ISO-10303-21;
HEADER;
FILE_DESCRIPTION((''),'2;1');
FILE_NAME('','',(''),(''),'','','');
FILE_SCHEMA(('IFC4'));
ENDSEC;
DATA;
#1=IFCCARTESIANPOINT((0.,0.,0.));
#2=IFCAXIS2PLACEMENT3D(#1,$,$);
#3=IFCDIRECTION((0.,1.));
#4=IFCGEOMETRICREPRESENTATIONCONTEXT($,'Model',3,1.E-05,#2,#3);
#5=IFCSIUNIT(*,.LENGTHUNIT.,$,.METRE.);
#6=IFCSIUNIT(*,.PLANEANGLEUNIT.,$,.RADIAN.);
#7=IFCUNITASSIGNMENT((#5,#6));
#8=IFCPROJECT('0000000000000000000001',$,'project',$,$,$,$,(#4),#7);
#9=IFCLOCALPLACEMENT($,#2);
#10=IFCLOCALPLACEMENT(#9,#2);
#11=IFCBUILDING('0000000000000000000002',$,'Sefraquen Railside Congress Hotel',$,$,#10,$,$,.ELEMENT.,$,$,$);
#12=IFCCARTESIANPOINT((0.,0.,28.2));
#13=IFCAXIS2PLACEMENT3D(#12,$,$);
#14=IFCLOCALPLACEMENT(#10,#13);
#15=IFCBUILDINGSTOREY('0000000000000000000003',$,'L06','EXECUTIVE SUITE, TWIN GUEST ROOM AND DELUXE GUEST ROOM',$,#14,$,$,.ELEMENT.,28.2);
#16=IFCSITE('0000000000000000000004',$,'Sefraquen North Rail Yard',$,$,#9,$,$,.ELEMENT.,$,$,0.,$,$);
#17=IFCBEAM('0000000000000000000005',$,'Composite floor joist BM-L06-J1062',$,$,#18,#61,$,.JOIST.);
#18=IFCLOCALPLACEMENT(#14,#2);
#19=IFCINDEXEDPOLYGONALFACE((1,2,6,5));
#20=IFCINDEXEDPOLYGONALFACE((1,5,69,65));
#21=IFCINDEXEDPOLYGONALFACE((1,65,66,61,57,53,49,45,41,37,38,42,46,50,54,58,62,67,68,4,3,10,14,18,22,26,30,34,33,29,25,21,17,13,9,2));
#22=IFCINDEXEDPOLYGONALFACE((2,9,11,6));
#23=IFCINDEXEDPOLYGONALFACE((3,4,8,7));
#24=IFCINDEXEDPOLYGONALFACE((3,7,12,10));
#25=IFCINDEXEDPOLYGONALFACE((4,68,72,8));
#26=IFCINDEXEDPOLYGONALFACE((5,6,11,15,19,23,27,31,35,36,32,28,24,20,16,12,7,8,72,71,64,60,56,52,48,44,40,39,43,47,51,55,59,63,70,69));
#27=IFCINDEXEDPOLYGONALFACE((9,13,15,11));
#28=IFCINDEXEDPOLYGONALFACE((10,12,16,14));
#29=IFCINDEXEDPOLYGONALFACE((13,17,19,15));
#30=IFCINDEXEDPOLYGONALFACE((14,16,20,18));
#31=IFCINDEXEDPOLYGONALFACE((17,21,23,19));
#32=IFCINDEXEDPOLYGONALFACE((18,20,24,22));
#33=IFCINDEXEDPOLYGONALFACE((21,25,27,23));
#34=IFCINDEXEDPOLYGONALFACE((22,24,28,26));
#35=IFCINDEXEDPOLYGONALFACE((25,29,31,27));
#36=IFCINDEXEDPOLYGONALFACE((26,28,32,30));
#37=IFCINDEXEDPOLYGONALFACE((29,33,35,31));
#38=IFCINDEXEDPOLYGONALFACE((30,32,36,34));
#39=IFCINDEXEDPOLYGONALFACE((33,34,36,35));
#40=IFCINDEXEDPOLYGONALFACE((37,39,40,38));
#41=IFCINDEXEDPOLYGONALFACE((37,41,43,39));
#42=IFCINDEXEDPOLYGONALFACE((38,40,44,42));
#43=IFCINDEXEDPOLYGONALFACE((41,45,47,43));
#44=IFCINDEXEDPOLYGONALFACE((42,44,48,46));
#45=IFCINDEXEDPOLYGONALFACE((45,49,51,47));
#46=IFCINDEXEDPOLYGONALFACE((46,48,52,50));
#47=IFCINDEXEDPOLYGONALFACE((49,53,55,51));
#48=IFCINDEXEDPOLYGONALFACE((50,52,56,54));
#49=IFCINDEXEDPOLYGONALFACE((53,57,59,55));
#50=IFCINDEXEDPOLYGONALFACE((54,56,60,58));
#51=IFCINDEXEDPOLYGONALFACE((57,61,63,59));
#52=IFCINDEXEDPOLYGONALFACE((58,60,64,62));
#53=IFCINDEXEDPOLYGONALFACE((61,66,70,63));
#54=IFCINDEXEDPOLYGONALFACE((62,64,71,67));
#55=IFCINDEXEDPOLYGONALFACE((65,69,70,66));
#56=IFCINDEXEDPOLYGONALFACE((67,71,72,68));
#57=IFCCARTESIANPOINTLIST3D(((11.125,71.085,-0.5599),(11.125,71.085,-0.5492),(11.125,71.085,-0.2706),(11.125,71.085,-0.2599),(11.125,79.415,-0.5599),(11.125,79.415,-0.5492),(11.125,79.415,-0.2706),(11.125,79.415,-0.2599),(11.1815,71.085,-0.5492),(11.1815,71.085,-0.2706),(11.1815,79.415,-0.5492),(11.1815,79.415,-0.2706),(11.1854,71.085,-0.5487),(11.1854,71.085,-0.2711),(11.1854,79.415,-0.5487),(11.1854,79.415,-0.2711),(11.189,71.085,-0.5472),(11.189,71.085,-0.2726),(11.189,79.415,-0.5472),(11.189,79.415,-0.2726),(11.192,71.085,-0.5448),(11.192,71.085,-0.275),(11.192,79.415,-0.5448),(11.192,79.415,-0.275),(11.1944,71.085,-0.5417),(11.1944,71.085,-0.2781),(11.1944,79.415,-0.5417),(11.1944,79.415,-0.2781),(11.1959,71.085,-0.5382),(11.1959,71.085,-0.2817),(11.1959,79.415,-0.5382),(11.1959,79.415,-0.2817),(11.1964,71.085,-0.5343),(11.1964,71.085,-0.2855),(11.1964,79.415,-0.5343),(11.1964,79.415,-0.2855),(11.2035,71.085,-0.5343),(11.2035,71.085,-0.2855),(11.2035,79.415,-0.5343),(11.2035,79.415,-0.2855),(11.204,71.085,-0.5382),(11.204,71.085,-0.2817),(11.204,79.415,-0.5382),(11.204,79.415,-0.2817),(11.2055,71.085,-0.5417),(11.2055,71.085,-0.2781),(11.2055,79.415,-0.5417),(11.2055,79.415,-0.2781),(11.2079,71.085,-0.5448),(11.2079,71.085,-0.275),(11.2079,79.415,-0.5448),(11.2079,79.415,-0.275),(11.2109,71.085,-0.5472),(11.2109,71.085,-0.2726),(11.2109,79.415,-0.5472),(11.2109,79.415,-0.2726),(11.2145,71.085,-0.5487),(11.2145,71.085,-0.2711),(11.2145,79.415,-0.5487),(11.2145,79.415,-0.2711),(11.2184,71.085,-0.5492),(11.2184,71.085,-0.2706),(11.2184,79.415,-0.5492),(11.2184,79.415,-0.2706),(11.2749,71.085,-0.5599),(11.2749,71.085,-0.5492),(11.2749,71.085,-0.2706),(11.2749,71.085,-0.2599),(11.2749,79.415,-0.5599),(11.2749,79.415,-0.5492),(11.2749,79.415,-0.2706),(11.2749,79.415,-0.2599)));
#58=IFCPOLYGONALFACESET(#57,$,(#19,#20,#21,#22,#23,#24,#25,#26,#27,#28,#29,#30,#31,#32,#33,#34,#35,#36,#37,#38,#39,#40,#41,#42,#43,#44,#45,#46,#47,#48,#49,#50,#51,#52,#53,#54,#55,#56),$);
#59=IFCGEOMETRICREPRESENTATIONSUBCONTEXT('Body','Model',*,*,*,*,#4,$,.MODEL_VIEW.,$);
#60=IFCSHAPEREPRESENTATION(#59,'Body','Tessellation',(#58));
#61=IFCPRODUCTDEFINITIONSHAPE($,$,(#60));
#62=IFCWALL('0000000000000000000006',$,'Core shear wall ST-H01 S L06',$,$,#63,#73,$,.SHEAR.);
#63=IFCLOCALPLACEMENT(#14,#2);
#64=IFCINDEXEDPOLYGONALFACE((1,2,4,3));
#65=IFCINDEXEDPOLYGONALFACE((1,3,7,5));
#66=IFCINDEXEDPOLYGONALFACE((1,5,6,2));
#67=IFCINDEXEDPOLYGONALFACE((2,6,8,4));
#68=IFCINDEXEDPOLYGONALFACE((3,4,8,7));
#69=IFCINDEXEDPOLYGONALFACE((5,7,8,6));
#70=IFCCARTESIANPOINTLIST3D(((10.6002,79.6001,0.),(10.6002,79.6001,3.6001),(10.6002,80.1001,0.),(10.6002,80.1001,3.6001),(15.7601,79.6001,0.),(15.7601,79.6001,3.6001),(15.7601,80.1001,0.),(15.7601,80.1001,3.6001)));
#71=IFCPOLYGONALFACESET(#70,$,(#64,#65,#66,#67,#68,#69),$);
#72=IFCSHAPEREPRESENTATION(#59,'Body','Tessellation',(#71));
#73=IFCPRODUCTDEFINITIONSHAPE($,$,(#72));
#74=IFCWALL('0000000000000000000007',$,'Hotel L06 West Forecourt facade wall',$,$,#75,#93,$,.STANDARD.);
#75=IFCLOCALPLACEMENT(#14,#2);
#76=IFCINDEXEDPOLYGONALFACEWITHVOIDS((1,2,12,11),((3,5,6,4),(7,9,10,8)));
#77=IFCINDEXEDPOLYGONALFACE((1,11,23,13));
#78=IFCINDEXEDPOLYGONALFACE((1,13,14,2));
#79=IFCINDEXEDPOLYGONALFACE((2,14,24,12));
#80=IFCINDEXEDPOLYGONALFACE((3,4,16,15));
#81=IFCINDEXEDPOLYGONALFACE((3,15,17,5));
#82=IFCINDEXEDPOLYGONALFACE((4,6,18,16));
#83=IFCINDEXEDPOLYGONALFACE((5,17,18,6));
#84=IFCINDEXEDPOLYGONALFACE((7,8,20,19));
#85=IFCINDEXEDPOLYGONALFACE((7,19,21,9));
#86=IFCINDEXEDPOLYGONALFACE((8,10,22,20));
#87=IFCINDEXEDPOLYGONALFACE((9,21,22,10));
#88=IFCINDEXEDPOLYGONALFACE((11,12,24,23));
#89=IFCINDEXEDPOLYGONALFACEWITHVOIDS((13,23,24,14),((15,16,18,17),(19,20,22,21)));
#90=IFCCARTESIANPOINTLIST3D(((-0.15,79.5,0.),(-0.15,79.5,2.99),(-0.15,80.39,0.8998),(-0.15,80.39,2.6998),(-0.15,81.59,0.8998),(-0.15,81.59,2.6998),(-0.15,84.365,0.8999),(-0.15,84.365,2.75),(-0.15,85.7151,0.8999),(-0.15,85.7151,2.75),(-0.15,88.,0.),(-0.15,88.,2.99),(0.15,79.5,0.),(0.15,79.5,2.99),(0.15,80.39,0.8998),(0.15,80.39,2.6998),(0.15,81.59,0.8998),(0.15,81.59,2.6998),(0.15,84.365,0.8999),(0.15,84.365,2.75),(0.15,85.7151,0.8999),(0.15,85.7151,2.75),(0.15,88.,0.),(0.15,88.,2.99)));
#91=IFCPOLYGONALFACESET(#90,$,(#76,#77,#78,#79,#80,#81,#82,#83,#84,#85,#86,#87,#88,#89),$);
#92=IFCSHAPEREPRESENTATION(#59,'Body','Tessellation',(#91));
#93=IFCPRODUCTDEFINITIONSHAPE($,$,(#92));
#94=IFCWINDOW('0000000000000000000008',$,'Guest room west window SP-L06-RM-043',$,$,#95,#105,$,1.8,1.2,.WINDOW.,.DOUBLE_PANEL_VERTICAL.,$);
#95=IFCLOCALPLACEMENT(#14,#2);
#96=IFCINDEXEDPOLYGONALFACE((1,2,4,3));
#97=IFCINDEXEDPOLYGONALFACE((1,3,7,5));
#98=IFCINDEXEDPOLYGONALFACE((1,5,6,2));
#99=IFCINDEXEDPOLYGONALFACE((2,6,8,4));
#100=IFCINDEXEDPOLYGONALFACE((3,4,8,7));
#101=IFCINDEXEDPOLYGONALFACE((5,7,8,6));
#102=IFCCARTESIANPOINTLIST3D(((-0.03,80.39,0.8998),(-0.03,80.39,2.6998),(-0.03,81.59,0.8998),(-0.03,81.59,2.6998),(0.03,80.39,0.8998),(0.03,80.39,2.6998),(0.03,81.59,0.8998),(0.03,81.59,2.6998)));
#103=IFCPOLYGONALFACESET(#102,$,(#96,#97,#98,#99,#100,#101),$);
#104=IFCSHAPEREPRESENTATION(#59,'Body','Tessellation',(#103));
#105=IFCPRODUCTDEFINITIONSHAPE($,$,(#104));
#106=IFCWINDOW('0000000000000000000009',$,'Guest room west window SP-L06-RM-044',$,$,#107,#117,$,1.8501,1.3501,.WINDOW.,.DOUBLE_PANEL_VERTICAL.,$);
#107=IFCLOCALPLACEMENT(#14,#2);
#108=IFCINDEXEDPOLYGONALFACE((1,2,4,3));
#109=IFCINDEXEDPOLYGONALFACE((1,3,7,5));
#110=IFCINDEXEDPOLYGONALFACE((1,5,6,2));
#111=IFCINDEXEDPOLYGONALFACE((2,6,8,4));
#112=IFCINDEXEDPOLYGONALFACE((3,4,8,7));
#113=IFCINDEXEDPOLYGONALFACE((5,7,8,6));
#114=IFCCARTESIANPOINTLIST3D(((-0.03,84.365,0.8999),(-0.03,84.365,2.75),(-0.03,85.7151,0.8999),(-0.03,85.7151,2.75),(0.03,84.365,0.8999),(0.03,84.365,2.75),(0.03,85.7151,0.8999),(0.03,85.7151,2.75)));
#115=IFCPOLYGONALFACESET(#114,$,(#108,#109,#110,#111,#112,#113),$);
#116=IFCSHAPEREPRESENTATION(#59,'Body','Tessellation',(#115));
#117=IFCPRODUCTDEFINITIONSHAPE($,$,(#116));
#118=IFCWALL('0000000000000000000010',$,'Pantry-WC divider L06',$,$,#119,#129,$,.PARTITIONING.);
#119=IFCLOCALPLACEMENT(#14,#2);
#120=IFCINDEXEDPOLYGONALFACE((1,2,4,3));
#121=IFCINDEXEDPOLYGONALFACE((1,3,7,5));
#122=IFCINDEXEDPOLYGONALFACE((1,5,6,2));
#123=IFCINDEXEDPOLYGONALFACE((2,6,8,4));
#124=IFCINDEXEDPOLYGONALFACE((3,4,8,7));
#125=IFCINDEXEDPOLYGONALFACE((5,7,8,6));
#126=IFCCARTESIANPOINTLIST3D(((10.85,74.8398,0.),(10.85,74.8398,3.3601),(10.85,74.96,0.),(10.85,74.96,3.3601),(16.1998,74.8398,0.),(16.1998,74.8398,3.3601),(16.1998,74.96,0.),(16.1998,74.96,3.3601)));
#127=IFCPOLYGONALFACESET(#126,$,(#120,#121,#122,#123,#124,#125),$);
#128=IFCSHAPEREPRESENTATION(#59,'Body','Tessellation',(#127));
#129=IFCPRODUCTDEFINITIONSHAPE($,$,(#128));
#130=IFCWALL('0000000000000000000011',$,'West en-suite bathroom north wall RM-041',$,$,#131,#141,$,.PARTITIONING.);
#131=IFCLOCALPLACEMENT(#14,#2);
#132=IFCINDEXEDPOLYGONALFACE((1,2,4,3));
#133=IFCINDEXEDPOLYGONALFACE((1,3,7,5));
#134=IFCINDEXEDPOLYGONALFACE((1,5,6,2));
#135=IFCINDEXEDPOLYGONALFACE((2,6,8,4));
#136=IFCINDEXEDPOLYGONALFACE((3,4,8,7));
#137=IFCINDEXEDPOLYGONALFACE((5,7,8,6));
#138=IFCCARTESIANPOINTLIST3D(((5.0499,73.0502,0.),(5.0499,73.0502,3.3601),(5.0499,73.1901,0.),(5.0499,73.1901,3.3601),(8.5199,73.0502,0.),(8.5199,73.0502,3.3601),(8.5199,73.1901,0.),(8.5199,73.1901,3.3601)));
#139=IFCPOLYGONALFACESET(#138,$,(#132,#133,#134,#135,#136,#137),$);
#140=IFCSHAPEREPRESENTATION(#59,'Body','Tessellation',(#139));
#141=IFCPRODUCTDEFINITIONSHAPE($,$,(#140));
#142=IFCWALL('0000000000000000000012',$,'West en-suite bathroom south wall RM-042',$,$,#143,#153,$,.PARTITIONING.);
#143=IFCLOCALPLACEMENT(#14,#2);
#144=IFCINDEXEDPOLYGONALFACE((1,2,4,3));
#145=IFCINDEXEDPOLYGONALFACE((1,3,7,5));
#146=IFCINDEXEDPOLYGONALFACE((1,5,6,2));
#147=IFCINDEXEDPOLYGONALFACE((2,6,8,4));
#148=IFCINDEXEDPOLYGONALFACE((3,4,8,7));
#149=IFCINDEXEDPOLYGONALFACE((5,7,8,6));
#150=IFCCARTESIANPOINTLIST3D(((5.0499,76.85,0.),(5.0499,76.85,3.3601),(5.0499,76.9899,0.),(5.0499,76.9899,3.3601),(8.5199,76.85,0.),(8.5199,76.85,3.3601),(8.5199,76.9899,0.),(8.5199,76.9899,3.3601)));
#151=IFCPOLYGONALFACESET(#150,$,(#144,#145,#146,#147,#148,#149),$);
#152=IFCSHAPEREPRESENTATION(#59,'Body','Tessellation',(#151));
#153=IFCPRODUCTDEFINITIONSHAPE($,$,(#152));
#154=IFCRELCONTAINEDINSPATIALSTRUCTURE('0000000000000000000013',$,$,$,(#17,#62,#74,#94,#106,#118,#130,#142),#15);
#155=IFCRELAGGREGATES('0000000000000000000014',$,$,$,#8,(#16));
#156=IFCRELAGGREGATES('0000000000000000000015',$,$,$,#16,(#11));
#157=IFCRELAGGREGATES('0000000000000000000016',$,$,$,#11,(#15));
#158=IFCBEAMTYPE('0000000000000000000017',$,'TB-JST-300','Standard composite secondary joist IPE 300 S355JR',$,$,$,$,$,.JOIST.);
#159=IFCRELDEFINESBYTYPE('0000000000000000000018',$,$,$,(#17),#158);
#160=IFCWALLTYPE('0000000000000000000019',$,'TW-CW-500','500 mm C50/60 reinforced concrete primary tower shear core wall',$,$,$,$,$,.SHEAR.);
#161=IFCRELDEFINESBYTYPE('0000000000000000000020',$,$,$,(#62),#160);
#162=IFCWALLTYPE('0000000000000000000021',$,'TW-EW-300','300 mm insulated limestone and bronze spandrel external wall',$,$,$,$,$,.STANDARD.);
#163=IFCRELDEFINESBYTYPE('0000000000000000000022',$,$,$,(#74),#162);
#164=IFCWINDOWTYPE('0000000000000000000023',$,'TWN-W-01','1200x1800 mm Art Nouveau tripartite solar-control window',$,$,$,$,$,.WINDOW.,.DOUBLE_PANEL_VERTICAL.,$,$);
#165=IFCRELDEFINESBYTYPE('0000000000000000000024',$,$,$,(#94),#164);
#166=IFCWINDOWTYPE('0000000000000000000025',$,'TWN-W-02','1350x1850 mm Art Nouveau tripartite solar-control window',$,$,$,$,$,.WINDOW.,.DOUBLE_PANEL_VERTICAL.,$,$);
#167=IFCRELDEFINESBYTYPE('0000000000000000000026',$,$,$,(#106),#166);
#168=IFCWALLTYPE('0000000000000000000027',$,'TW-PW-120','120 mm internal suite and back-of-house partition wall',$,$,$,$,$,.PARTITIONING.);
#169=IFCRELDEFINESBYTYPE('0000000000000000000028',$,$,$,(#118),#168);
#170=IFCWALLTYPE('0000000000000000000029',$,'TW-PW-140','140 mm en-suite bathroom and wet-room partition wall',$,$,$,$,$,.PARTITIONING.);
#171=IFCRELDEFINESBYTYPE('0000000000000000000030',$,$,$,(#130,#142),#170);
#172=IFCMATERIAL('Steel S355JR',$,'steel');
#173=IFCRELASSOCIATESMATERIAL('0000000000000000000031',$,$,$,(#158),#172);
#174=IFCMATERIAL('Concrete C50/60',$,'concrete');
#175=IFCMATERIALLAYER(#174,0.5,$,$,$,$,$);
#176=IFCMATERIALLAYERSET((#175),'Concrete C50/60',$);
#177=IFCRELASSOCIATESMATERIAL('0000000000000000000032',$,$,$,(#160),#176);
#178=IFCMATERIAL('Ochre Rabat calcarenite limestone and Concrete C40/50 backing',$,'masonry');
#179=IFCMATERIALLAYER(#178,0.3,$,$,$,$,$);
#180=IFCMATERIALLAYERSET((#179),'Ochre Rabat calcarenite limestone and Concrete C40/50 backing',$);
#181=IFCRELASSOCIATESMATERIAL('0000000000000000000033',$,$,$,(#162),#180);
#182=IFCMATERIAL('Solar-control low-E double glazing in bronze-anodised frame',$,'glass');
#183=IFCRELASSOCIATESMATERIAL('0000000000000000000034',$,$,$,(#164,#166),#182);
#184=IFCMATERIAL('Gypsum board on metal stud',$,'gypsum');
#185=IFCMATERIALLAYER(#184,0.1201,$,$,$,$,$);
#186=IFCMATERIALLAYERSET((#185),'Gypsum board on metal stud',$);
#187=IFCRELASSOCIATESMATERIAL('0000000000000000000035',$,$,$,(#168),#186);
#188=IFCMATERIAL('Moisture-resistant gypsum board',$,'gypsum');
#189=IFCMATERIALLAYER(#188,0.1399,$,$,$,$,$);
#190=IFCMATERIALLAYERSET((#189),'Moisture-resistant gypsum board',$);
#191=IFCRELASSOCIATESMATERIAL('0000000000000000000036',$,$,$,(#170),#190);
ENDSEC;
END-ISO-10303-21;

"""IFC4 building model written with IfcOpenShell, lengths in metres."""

from ifc_helpers import new_model, si_unit, direction, frame, frame_2d, origin, origin_2d, place, context, subcontext, project, spatial, rectangle, i_section, extrude, material, layer, layer_set, material_profile, profile_set, type_object, element, fill, save


model = new_model("IFC4")

# Units and contexts
model_context = context("Model", 3, precision=1e-05, world=origin(), true_north=direction((0.0, 1.0)))
body_context = subcontext(model_context, "Body", "Model", "MODEL_VIEW")
ifc_project = project(units=[si_unit("LENGTHUNIT", "METRE"), si_unit("PLANEANGLEUNIT", "RADIAN")], contexts=[model_context])

# Site, building, storey
site_placement = place(None, origin())
site = spatial("IfcSite", under=ifc_project, at=site_placement, Name="Sefraquen North Rail Yard", CompositionType="ELEMENT", RefElevation=0.0)
building_placement = place(site_placement, origin())
building = spatial("IfcBuilding", under=site, at=building_placement, Name="Sefraquen Railside Congress Hotel", CompositionType="ELEMENT")
storey_placement = place(building_placement, frame((0.0, 0.0, 28.2)))
storey = spatial("IfcBuildingStorey", under=building, at=storey_placement, Name="L06", Description="EXECUTIVE SUITE, TWIN GUEST ROOM AND DELUXE GUEST ROOM", CompositionType="ELEMENT", Elevation=28.2)

# Shared definitions
ifc_material_1 = material(Name="Steel S355JR", Category="steel")

# Beam
ifc_material_profile_1 = material_profile(ifc_material_1, i_section(OverallWidth=0.1499, OverallDepth=0.3, WebThickness=0.0071, FlangeThickness=0.0107, FilletRadius=0.0149, at=origin_2d()), Name="IPE 300")
ifc_profile_set_1 = profile_set([ifc_material_profile_1], Name="Steel S355JR")
beam_type_1 = type_object("IfcBeamType", Name="TB-JST-300", Description="Standard composite secondary joist IPE 300 S355JR", PredefinedType="JOIST", material=ifc_profile_set_1)
for number, where, z_axis, x_axis, name in (
    (1, (11.2, 71.085, -0.4099), (0.0, 1.0, 0.0), (-1.0, 0.0, 0.0), "Composite floor joist BM-L06-J1062"),
):
    element("IfcBeam", number, at=place(storey_placement, frame(where, z_axis=z_axis, x_axis=x_axis)), inside=storey, type_object=beam_type_1, Name=name, PredefinedType="JOIST", context=body_context, shape_type="SweptSolid", body=[
        extrude(i_section(OverallWidth=0.1499, OverallDepth=0.3, WebThickness=0.0071, FlangeThickness=0.0107, FilletRadius=0.0149, at=origin_2d()), origin(), (0.0, 0.0, 1.0), 8.3301),
    ])

# Wall
ifc_material_2 = material(Name="Concrete C50/60", Category="concrete")
ifc_layer_1 = layer(ifc_material_2, 0.5)
ifc_layer_set_1 = layer_set([ifc_layer_1], Name="Concrete C50/60")
wall_type_1 = type_object("IfcWallType", Name="TW-CW-500", Description="500 mm C50/60 reinforced concrete primary tower shear core wall", PredefinedType="SHEAR", material=ifc_layer_set_1)
wall_1_placement = place(storey_placement, frame((10.6001, 79.8501, 0.0), z_axis=(0.0, 0.0, 1.0), x_axis=(1.0, 0.0, 0.0)))
element("IfcWall", 2, at=wall_1_placement, inside=storey, type_object=wall_type_1, Name="Core shear wall ST-H01 S L06", PredefinedType="SHEAR", context=body_context, shape_type="SweptSolid", body=[
    extrude(rectangle(XDim=5.1599, YDim=0.5, at=frame_2d((2.5801, 0.0))), origin(), (0.0, 0.0, 1.0), 3.6001),
])

# Wall, openings, windows
ifc_material_3 = material(Name="Ochre Rabat calcarenite limestone and Concrete C40/50 backing", Category="masonry")
ifc_layer_2 = layer(ifc_material_3, 0.3)
ifc_layer_set_2 = layer_set([ifc_layer_2], Name="Ochre Rabat calcarenite limestone and Concrete C40/50 backing")
wall_type_2 = type_object("IfcWallType", Name="TW-EW-300", Description="300 mm insulated limestone and bronze spandrel external wall", PredefinedType="STANDARD", material=ifc_layer_set_2)
wall_2_placement = place(storey_placement, frame((0.0, 79.5, 0.0), z_axis=(0.0, 0.0, 1.0), x_axis=(0.0, 1.0, 0.0)))
wall_2 = element("IfcWall", 3, at=wall_2_placement, inside=storey, type_object=wall_type_2, Name="Hotel L06 West Forecourt facade wall", PredefinedType="STANDARD", context=body_context, shape_type="SweptSolid", body=[
    extrude(rectangle(XDim=8.5, YDim=0.3, at=frame_2d((4.25, 0.0))), origin(), (0.0, 0.0, 1.0), 2.99),
])
opening_1_placement = place(wall_2_placement, frame((0.8899, 0.0, 0.8999)))
opening_1 = element("IfcOpeningElement", 4, at=opening_1_placement, cuts=wall_2, PredefinedType="OPENING", context=body_context, shape_type="SweptSolid", body=[
    extrude(rectangle(XDim=1.2, YDim=1.8, at=frame_2d((0.6001, 0.8999))), frame((0.0, 0.1599, 0.0), z_axis=(0.0, -1.0, 0.0), x_axis=(1.0, 0.0, 0.0)), (0.0, 0.0, 1.0), 0.3201),
])
opening_2_placement = place(wall_2_placement, frame((4.865, 0.0, 0.8999)))
opening_2 = element("IfcOpeningElement", 5, at=opening_2_placement, cuts=wall_2, PredefinedType="OPENING", context=body_context, shape_type="SweptSolid", body=[
    extrude(rectangle(XDim=1.3501, YDim=1.8501, at=frame_2d((0.675, 0.925))), frame((0.0, 0.1599, 0.0), z_axis=(0.0, -1.0, 0.0), x_axis=(1.0, 0.0, 0.0)), (0.0, 0.0, 1.0), 0.3201),
])
ifc_material_4 = material(Name="Solar-control low-E double glazing in bronze-anodised frame", Category="glass")
window_type_1 = type_object("IfcWindowType", Name="TWN-W-01", Description="1200x1800 mm Art Nouveau tripartite solar-control window", PartitioningType="DOUBLE_PANEL_VERTICAL", PredefinedType="WINDOW", material=ifc_material_4)
window_1_placement = place(opening_1_placement, origin())
window_1 = element("IfcWindow", 6, at=window_1_placement, inside=storey, type_object=window_type_1, Name="Guest room west window SP-L06-RM-043", OverallHeight=1.8, OverallWidth=1.2, PartitioningType="DOUBLE_PANEL_VERTICAL", PredefinedType="WINDOW", context=body_context, shape_type="SweptSolid", body=[
    extrude(rectangle(XDim=1.2, YDim=1.8, at=frame_2d((0.6001, 0.8999))), frame((0.0, 0.03, 0.0), z_axis=(0.0, -1.0, 0.0), x_axis=(1.0, 0.0, 0.0)), (0.0, 0.0, 1.0), 0.0601),
])
fill(opening_1, window_1)
window_type_2 = type_object("IfcWindowType", Name="TWN-W-02", Description="1350x1850 mm Art Nouveau tripartite solar-control window", PartitioningType="DOUBLE_PANEL_VERTICAL", PredefinedType="WINDOW", material=ifc_material_4)
window_2_placement = place(opening_2_placement, origin())
window_2 = element("IfcWindow", 7, at=window_2_placement, inside=storey, type_object=window_type_2, Name="Guest room west window SP-L06-RM-044", OverallHeight=1.8501, OverallWidth=1.3501, PartitioningType="DOUBLE_PANEL_VERTICAL", PredefinedType="WINDOW", context=body_context, shape_type="SweptSolid", body=[
    extrude(rectangle(XDim=1.3501, YDim=1.8501, at=frame_2d((0.675, 0.925))), frame((0.0, 0.03, 0.0), z_axis=(0.0, -1.0, 0.0), x_axis=(1.0, 0.0, 0.0)), (0.0, 0.0, 1.0), 0.0601),
])
fill(opening_2, window_2)

# Walls
ifc_material_5 = material(Name="Gypsum board on metal stud", Category="gypsum")
ifc_layer_3 = layer(ifc_material_5, 0.1201)
ifc_layer_set_3 = layer_set([ifc_layer_3], Name="Gypsum board on metal stud")
wall_type_3 = type_object("IfcWallType", Name="TW-PW-120", Description="120 mm internal suite and back-of-house partition wall", PredefinedType="PARTITIONING", material=ifc_layer_set_3)
wall_3_placement = place(storey_placement, frame((10.8501, 74.8999, 0.0), z_axis=(0.0, 0.0, 1.0), x_axis=(1.0, 0.0, 0.0)))
element("IfcWall", 8, at=wall_3_placement, inside=storey, type_object=wall_type_3, Name="Pantry-WC divider L06", PredefinedType="PARTITIONING", context=body_context, shape_type="SweptSolid", body=[
    extrude(rectangle(XDim=5.3499, YDim=0.1201, at=frame_2d((2.6748, 0.0))), origin(), (0.0, 0.0, 1.0), 3.3601),
])
ifc_material_6 = material(Name="Moisture-resistant gypsum board", Category="gypsum")
ifc_layer_4 = layer(ifc_material_6, 0.1399)
ifc_layer_set_4 = layer_set([ifc_layer_4], Name="Moisture-resistant gypsum board")
wall_type_4 = type_object("IfcWallType", Name="TW-PW-140", Description="140 mm en-suite bathroom and wet-room partition wall", PredefinedType="PARTITIONING", material=ifc_layer_set_4)
for number, where, z_axis, x_axis, name in (
    (9, (5.05, 73.1201, 0.0), (0.0, 0.0, 1.0), (1.0, 0.0, 0.0), "West en-suite bathroom north wall RM-041"),
    (10, (5.05, 76.9199, 0.0), (0.0, 0.0, 1.0), (1.0, 0.0, 0.0), "West en-suite bathroom south wall RM-042"),
):
    element("IfcWall", number, at=place(storey_placement, frame(where, z_axis=z_axis, x_axis=x_axis)), inside=storey, type_object=wall_type_4, Name=name, PredefinedType="PARTITIONING", context=body_context, shape_type="SweptSolid", body=[
        extrude(rectangle(XDim=3.47, YDim=0.1399, at=frame_2d((1.7349, 0.0))), origin(), (0.0, 0.0, 1.0), 3.3601),
    ])

save(model, "model.ifc")
